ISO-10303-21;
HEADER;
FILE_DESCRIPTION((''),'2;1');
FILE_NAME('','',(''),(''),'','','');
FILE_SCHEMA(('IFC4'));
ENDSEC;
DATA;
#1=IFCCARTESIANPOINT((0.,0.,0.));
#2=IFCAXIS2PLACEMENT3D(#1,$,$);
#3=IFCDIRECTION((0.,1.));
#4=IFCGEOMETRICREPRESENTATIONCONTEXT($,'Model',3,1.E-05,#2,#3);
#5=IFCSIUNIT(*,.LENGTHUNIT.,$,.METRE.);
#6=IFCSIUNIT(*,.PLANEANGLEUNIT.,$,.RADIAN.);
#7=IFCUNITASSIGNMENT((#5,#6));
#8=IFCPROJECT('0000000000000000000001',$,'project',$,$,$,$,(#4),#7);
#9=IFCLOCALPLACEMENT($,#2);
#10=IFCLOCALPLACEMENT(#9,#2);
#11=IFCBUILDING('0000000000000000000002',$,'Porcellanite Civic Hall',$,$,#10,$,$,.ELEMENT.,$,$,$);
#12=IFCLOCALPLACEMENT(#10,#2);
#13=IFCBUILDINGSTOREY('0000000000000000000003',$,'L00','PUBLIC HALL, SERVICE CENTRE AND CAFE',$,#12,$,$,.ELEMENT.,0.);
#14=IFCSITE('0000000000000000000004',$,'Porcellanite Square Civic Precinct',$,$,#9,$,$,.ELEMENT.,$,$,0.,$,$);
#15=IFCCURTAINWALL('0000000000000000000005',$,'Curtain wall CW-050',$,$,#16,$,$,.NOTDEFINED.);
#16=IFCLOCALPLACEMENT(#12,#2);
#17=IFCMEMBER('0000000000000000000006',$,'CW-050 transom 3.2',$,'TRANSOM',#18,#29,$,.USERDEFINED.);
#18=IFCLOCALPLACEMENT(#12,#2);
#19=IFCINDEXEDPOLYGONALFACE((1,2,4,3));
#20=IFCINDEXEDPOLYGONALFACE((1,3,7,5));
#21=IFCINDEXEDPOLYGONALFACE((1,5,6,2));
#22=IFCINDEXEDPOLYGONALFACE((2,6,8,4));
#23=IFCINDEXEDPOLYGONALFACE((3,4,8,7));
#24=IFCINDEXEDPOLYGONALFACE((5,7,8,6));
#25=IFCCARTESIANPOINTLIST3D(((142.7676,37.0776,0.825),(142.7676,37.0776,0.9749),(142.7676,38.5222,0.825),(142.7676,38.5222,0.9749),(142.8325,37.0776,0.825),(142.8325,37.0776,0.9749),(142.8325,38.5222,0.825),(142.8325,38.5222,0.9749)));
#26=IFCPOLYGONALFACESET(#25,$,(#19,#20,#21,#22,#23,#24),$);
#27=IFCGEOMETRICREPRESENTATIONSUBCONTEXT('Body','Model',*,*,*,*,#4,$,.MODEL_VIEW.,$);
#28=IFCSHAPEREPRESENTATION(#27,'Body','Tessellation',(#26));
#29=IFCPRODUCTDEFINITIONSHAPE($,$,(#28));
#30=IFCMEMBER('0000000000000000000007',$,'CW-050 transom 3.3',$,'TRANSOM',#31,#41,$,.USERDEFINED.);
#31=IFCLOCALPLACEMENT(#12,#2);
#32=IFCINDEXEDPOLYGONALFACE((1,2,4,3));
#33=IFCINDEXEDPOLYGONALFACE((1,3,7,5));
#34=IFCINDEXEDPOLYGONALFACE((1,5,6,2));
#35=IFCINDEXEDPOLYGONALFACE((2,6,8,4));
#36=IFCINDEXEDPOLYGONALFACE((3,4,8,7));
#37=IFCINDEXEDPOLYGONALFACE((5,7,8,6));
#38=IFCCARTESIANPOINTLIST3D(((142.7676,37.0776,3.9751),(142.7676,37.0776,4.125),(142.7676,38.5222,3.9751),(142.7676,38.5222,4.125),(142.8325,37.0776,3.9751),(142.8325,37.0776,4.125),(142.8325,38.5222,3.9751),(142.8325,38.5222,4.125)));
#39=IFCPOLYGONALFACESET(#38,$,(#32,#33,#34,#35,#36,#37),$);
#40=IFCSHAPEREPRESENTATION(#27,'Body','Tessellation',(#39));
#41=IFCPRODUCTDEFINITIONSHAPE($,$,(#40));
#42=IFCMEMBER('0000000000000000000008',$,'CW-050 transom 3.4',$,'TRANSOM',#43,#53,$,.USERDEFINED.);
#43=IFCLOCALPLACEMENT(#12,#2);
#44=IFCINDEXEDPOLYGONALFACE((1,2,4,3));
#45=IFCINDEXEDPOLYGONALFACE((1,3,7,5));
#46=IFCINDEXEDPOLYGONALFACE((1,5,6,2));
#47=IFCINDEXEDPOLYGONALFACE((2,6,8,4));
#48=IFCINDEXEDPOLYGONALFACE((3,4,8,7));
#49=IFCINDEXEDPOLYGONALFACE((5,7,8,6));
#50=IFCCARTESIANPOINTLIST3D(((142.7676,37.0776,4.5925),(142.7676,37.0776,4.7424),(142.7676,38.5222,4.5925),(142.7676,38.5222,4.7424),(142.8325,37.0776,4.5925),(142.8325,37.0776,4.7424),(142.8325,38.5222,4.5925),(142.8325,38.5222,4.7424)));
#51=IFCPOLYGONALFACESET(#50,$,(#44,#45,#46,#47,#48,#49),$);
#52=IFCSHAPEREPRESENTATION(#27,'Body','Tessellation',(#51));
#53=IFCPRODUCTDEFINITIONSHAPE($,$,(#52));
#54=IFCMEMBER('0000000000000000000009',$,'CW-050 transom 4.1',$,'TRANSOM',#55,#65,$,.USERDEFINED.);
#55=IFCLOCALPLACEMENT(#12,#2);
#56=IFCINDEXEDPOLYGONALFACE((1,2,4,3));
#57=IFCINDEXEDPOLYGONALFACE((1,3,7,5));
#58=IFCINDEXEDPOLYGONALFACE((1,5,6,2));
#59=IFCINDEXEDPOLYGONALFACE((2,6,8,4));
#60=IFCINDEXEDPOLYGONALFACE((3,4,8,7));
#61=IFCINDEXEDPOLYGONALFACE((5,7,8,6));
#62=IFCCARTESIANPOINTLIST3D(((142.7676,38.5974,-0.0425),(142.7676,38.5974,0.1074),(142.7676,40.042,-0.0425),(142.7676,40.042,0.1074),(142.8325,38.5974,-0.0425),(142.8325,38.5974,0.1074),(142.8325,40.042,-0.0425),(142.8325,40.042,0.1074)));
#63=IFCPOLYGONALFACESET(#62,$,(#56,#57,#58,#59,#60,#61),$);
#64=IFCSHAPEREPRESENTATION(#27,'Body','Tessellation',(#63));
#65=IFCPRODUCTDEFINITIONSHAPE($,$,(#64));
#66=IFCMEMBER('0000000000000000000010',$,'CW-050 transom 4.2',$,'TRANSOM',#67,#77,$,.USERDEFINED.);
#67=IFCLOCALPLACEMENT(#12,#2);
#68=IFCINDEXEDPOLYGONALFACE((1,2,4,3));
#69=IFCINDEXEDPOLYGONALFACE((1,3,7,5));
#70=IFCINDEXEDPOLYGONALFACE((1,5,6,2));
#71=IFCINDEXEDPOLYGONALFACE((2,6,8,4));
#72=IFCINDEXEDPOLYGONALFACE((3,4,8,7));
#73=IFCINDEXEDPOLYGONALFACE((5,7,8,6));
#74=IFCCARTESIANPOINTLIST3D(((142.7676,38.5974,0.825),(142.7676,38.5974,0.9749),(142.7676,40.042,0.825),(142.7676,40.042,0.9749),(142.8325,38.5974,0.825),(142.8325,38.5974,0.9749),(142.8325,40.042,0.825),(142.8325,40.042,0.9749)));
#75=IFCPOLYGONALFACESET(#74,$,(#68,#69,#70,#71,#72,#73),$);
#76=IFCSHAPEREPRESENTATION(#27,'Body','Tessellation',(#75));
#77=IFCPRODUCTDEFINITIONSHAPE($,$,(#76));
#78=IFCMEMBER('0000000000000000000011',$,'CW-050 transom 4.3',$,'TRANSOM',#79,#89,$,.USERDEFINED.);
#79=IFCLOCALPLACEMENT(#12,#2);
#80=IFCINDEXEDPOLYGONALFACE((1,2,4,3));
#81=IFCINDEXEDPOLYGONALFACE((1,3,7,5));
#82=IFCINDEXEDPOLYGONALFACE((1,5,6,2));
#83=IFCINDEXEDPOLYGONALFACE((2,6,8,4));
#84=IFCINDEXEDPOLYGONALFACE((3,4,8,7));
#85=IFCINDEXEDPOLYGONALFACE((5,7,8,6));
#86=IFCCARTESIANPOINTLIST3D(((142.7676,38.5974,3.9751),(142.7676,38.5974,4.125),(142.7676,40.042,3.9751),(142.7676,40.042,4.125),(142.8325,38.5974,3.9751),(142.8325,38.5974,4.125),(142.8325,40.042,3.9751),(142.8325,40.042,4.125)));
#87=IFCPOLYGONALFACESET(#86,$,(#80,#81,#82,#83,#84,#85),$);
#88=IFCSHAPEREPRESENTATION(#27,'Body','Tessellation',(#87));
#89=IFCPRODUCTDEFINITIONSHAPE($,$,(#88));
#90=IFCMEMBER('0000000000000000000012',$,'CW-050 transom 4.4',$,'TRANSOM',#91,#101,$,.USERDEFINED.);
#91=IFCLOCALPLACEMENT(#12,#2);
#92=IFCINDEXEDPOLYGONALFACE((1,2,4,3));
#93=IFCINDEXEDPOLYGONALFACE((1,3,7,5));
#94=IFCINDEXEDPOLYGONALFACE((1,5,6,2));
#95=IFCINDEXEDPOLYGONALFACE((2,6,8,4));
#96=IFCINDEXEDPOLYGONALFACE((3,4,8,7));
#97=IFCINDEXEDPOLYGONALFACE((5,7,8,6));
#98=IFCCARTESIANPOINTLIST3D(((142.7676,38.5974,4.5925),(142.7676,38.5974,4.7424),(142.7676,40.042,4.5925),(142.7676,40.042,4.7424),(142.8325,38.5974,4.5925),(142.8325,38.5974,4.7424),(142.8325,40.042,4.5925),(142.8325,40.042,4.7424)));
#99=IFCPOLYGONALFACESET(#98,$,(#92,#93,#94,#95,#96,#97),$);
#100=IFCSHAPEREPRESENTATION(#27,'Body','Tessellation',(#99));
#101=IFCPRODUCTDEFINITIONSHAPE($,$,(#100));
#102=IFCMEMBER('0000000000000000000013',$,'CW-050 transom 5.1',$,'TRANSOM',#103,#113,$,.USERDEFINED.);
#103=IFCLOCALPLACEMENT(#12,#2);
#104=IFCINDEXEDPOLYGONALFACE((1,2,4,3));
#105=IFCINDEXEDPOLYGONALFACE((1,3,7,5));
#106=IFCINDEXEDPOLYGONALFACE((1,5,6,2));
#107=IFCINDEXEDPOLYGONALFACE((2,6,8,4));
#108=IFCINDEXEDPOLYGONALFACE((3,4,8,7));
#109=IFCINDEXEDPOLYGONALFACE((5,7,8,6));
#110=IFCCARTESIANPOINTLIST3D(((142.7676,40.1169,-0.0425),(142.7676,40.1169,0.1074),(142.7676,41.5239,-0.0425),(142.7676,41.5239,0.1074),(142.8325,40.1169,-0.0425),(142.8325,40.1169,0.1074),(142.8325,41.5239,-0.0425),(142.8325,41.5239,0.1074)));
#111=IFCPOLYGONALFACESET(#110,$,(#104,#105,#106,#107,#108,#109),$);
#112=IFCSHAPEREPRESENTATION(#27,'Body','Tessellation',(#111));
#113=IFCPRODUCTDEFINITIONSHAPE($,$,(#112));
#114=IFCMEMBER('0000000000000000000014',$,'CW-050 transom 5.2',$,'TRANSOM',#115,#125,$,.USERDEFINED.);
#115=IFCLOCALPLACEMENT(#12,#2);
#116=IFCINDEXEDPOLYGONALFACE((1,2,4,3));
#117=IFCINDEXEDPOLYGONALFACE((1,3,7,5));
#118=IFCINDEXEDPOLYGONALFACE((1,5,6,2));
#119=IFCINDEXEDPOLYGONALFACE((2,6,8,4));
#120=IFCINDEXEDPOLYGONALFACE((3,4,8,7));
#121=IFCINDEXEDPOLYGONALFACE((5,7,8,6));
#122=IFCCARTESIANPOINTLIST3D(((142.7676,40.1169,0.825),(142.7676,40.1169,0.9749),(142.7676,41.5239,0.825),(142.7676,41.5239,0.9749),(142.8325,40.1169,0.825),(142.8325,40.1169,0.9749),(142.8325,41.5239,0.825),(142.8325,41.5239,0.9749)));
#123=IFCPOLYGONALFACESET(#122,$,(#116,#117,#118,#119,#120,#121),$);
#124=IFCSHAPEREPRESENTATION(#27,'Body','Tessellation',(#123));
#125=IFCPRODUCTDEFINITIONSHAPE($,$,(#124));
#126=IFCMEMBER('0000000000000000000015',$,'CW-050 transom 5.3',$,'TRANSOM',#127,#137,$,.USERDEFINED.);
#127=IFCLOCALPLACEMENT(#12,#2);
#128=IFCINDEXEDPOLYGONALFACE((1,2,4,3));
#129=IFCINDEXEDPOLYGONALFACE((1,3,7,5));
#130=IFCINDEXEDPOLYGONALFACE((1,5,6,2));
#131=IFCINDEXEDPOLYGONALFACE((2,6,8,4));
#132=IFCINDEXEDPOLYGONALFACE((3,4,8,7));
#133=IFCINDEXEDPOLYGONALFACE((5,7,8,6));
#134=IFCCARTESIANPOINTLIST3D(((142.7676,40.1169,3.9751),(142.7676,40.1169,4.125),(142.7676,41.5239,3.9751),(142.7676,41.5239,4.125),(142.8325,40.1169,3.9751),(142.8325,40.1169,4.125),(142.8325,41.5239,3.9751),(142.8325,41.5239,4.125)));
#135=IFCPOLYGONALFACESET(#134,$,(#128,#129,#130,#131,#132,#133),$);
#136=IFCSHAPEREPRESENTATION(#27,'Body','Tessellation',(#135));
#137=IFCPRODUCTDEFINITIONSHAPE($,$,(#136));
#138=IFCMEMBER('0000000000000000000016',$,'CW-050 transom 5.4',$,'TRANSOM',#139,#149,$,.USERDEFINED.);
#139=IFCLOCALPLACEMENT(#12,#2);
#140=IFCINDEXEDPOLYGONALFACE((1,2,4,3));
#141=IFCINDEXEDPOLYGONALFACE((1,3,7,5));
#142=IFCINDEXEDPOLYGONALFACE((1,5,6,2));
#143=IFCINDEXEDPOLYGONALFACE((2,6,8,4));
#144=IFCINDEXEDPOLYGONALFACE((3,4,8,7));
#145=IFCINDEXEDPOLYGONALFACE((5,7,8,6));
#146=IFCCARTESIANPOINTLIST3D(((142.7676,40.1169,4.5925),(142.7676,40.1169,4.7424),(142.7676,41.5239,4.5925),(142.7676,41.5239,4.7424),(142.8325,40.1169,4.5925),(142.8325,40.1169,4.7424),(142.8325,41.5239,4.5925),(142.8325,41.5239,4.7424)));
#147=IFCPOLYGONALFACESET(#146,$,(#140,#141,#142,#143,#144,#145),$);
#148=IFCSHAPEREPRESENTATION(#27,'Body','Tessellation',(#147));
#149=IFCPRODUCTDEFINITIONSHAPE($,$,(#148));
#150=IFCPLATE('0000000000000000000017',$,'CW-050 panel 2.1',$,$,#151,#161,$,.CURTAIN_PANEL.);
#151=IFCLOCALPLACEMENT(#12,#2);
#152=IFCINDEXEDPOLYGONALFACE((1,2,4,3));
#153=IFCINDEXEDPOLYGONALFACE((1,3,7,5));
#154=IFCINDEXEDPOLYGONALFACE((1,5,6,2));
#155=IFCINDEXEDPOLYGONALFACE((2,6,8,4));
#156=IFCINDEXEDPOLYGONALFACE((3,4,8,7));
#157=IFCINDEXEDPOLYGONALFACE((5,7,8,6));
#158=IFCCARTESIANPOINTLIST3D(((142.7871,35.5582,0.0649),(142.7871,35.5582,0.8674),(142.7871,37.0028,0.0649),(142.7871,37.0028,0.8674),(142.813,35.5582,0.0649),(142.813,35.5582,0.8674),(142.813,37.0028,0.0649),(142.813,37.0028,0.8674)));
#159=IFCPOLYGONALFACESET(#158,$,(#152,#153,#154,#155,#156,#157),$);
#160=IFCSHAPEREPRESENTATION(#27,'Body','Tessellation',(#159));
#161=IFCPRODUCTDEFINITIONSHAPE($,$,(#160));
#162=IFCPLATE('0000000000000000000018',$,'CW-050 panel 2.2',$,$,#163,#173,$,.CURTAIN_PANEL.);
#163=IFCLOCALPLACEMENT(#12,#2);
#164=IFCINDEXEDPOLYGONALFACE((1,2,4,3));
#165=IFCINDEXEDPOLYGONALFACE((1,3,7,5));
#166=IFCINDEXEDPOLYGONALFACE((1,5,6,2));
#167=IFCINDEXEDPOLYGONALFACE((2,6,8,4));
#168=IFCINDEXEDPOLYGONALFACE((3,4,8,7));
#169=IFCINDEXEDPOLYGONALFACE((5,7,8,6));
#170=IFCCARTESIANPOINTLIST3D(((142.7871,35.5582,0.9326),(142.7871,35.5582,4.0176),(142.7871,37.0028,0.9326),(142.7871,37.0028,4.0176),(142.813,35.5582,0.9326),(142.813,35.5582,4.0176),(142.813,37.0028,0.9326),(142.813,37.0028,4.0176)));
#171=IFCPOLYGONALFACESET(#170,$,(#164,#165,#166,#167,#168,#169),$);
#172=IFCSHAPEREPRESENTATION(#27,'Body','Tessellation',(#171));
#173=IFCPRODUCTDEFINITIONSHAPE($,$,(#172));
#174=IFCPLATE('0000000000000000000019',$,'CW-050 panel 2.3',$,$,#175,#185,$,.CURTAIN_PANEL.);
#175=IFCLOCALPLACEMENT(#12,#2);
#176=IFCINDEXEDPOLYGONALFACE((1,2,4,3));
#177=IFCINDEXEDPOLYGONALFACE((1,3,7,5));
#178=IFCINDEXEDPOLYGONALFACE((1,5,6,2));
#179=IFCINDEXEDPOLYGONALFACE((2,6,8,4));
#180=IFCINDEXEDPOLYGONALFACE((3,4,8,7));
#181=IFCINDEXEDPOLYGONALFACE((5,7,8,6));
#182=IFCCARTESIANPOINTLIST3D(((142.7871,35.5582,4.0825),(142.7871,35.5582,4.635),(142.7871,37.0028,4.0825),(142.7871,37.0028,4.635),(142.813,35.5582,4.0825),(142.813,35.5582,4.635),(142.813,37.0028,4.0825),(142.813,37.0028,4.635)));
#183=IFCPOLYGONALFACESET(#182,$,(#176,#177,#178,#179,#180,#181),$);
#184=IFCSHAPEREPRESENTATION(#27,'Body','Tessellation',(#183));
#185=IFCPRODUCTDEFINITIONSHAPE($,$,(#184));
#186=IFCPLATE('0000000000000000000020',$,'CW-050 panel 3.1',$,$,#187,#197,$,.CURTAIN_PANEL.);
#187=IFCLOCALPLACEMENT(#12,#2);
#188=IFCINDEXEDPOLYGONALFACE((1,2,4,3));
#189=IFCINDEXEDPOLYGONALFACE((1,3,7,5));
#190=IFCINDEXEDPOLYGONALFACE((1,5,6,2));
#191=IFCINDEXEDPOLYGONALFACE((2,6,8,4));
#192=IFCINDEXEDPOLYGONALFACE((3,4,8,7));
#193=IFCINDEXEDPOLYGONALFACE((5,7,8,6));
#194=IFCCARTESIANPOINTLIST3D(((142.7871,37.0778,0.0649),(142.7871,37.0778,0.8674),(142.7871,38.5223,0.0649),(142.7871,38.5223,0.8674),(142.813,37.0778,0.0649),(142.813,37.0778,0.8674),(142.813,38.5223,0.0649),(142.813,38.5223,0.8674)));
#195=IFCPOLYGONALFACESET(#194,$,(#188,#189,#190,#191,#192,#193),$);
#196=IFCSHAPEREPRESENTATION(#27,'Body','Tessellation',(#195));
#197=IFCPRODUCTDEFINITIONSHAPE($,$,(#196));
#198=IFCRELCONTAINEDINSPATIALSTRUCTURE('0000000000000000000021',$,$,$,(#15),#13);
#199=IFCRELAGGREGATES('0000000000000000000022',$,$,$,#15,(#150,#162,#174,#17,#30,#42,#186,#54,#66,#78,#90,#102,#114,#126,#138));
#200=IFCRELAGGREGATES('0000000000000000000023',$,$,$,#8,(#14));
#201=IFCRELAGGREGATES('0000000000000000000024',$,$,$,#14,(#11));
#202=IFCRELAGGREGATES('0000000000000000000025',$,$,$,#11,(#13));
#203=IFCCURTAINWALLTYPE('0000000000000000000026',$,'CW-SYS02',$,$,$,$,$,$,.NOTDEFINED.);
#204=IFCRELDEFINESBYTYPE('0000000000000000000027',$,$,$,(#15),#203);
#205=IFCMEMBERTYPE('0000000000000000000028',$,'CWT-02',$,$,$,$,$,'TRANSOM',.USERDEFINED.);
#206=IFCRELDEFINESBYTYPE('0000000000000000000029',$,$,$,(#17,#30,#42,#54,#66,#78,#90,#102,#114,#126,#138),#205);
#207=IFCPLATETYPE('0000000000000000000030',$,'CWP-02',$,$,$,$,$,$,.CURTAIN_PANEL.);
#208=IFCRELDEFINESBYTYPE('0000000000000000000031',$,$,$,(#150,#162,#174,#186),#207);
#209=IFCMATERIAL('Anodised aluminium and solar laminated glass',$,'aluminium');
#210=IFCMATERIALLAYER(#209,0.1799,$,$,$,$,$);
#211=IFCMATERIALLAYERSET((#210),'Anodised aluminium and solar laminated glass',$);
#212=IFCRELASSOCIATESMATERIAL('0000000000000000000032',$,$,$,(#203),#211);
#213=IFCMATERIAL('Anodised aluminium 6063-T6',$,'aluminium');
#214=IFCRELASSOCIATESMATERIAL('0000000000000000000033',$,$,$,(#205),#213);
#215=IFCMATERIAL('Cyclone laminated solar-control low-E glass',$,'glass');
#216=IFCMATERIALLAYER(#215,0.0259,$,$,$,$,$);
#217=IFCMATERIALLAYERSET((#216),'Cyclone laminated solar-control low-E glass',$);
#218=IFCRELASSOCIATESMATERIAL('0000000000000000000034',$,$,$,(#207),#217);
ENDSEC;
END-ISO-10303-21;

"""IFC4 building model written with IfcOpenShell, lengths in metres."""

from ifc_helpers import new_model, si_unit, direction, frame, origin, origin_2d, place, context, subcontext, project, spatial, rectangle, extrude, material, layer, layer_set, material_profile, profile_set, type_object, element, aggregate, save


model = new_model("IFC4")

# Units and contexts
model_context = context("Model", 3, precision=1e-05, world=origin(), true_north=direction((0.0, 1.0)))
body_context = subcontext(model_context, "Body", "Model", "MODEL_VIEW")
ifc_project = project(units=[si_unit("LENGTHUNIT", "METRE"), si_unit("PLANEANGLEUNIT", "RADIAN")], contexts=[model_context])

# Site, building, storey
site_placement = place(None, origin())
site = spatial("IfcSite", under=ifc_project, at=site_placement, Name="Porcellanite Square Civic Precinct", CompositionType="ELEMENT", RefElevation=0.0)
building_placement = place(site_placement, origin())
building = spatial("IfcBuilding", under=site, at=building_placement, Name="Porcellanite Civic Hall", CompositionType="ELEMENT")
storey_placement = place(building_placement, origin())
storey = spatial("IfcBuildingStorey", under=building, at=storey_placement, Name="L00", Description="PUBLIC HALL, SERVICE CENTRE AND CAFE", CompositionType="ELEMENT", Elevation=0.0)

# Curtain wall, members, plates
ifc_material_1 = material(Name="Anodised aluminium and solar laminated glass", Category="aluminium")
ifc_layer_1 = layer(ifc_material_1, 0.1799)
ifc_layer_set_1 = layer_set([ifc_layer_1], Name="Anodised aluminium and solar laminated glass")
curtain_wall_type = type_object("IfcCurtainWallType", Name="CW-SYS02", PredefinedType="NOTDEFINED", material=ifc_layer_set_1)
curtain_wall_placement = place(storey_placement, origin())
curtain_wall = element("IfcCurtainWall", 1, at=curtain_wall_placement, inside=storey, type_object=curtain_wall_type, Name="Curtain wall CW-050", PredefinedType="NOTDEFINED")
ifc_material_2 = material(Name="Anodised aluminium 6063-T6", Category="aluminium")
ifc_material_profile_1 = material_profile(ifc_material_2, rectangle(XDim=0.0649, YDim=0.1499, at=origin_2d()), Name="AL-65x150")
ifc_profile_set_1 = profile_set([ifc_material_profile_1], Name="Anodised aluminium 6063-T6")
member_type_1 = type_object("IfcMemberType", Name="CWT-02", ElementType="TRANSOM", PredefinedType="USERDEFINED", material=ifc_profile_set_1)
member_1_placement = place(storey_placement, frame((142.8, 37.0776, 0.8999), z_axis=(0.0, 1.0, 0.0), x_axis=(-1.0, 0.0, 0.0)))
member_1 = element("IfcMember", 2, at=member_1_placement, type_object=member_type_1, Name="CW-050 transom 3.2", ObjectType="TRANSOM", PredefinedType="USERDEFINED", context=body_context, shape_type="SweptSolid", body=[
    extrude(rectangle(XDim=0.0649, YDim=0.1499, at=origin_2d()), origin(), (0.0, 0.0, 1.0), 1.4446),
])
member_2_placement = place(storey_placement, frame((142.8, 37.0776, 4.05), z_axis=(0.0, 1.0, 0.0), x_axis=(-1.0, 0.0, 0.0)))
member_2 = element("IfcMember", 3, at=member_2_placement, type_object=member_type_1, Name="CW-050 transom 3.3", ObjectType="TRANSOM", PredefinedType="USERDEFINED", context=body_context, shape_type="SweptSolid", body=[
    extrude(rectangle(XDim=0.0649, YDim=0.1499, at=origin_2d()), origin(), (0.0, 0.0, 1.0), 1.4446),
])
member_3_placement = place(storey_placement, frame((142.8, 37.0776, 4.6675), z_axis=(0.0, 1.0, 0.0), x_axis=(-1.0, 0.0, 0.0)))
member_3 = element("IfcMember", 4, at=member_3_placement, type_object=member_type_1, Name="CW-050 transom 3.4", ObjectType="TRANSOM", PredefinedType="USERDEFINED", context=body_context, shape_type="SweptSolid", body=[
    extrude(rectangle(XDim=0.0649, YDim=0.1499, at=origin_2d()), origin(), (0.0, 0.0, 1.0), 1.4446),
])
member_4_placement = place(storey_placement, frame((142.8, 38.5974, 0.0325), z_axis=(0.0, 1.0, 0.0), x_axis=(-1.0, 0.0, 0.0)))
member_4 = element("IfcMember", 5, at=member_4_placement, type_object=member_type_1, Name="CW-050 transom 4.1", ObjectType="TRANSOM", PredefinedType="USERDEFINED", context=body_context, shape_type="SweptSolid", body=[
    extrude(rectangle(XDim=0.0649, YDim=0.1499, at=origin_2d()), origin(), (0.0, 0.0, 1.0), 1.4446),
])
member_5_placement = place(storey_placement, frame((142.8, 38.5974, 0.8999), z_axis=(0.0, 1.0, 0.0), x_axis=(-1.0, 0.0, 0.0)))
member_5 = element("IfcMember", 6, at=member_5_placement, type_object=member_type_1, Name="CW-050 transom 4.2", ObjectType="TRANSOM", PredefinedType="USERDEFINED", context=body_context, shape_type="SweptSolid", body=[
    extrude(rectangle(XDim=0.0649, YDim=0.1499, at=origin_2d()), origin(), (0.0, 0.0, 1.0), 1.4446),
])
member_6_placement = place(storey_placement, frame((142.8, 38.5974, 4.05), z_axis=(0.0, 1.0, 0.0), x_axis=(-1.0, 0.0, 0.0)))
member_6 = element("IfcMember", 7, at=member_6_placement, type_object=member_type_1, Name="CW-050 transom 4.3", ObjectType="TRANSOM", PredefinedType="USERDEFINED", context=body_context, shape_type="SweptSolid", body=[
    extrude(rectangle(XDim=0.0649, YDim=0.1499, at=origin_2d()), origin(), (0.0, 0.0, 1.0), 1.4446),
])
member_7_placement = place(storey_placement, frame((142.8, 38.5974, 4.6675), z_axis=(0.0, 1.0, 0.0), x_axis=(-1.0, 0.0, 0.0)))
member_7 = element("IfcMember", 8, at=member_7_placement, type_object=member_type_1, Name="CW-050 transom 4.4", ObjectType="TRANSOM", PredefinedType="USERDEFINED", context=body_context, shape_type="SweptSolid", body=[
    extrude(rectangle(XDim=0.0649, YDim=0.1499, at=origin_2d()), origin(), (0.0, 0.0, 1.0), 1.4446),
])
member_8_placement = place(storey_placement, frame((142.8, 40.1169, 0.0325), z_axis=(0.0, 1.0, 0.0), x_axis=(-1.0, 0.0, 0.0)))
member_8 = element("IfcMember", 9, at=member_8_placement, type_object=member_type_1, Name="CW-050 transom 5.1", ObjectType="TRANSOM", PredefinedType="USERDEFINED", context=body_context, shape_type="SweptSolid", body=[
    extrude(rectangle(XDim=0.0649, YDim=0.1499, at=origin_2d()), origin(), (0.0, 0.0, 1.0), 1.407),
])
member_9_placement = place(storey_placement, frame((142.8, 40.1169, 0.8999), z_axis=(0.0, 1.0, 0.0), x_axis=(-1.0, 0.0, 0.0)))
member_9 = element("IfcMember", 10, at=member_9_placement, type_object=member_type_1, Name="CW-050 transom 5.2", ObjectType="TRANSOM", PredefinedType="USERDEFINED", context=body_context, shape_type="SweptSolid", body=[
    extrude(rectangle(XDim=0.0649, YDim=0.1499, at=origin_2d()), origin(), (0.0, 0.0, 1.0), 1.407),
])
member_10_placement = place(storey_placement, frame((142.8, 40.1169, 4.05), z_axis=(0.0, 1.0, 0.0), x_axis=(-1.0, 0.0, 0.0)))
member_10 = element("IfcMember", 11, at=member_10_placement, type_object=member_type_1, Name="CW-050 transom 5.3", ObjectType="TRANSOM", PredefinedType="USERDEFINED", context=body_context, shape_type="SweptSolid", body=[
    extrude(rectangle(XDim=0.0649, YDim=0.1499, at=origin_2d()), origin(), (0.0, 0.0, 1.0), 1.407),
])
member_11_placement = place(storey_placement, frame((142.8, 40.1169, 4.6675), z_axis=(0.0, 1.0, 0.0), x_axis=(-1.0, 0.0, 0.0)))
member_11 = element("IfcMember", 12, at=member_11_placement, type_object=member_type_1, Name="CW-050 transom 5.4", ObjectType="TRANSOM", PredefinedType="USERDEFINED", context=body_context, shape_type="SweptSolid", body=[
    extrude(rectangle(XDim=0.0649, YDim=0.1499, at=origin_2d()), origin(), (0.0, 0.0, 1.0), 1.407),
])
ifc_material_3 = material(Name="Cyclone laminated solar-control low-E glass", Category="glass")
ifc_layer_2 = layer(ifc_material_3, 0.0259)
ifc_layer_set_2 = layer_set([ifc_layer_2], Name="Cyclone laminated solar-control low-E glass")
plate_type = type_object("IfcPlateType", Name="CWP-02", PredefinedType="CURTAIN_PANEL", material=ifc_layer_set_2)
plate_1_placement = place(storey_placement, frame((142.8, 36.2805, 0.0649), z_axis=(0.0, 0.0, 1.0), x_axis=(0.0, 1.0, 0.0)))
plate_1 = element("IfcPlate", 13, at=plate_1_placement, type_object=plate_type, Name="CW-050 panel 2.1", PredefinedType="CURTAIN_PANEL", context=body_context, shape_type="SweptSolid", body=[
    extrude(rectangle(XDim=1.4446, YDim=0.0259, at=origin_2d()), origin(), (0.0, 0.0, 1.0), 0.8025),
])
plate_2_placement = place(storey_placement, frame((142.8, 36.2805, 0.9326), z_axis=(0.0, 0.0, 1.0), x_axis=(0.0, 1.0, 0.0)))
plate_2 = element("IfcPlate", 14, at=plate_2_placement, type_object=plate_type, Name="CW-050 panel 2.2", PredefinedType="CURTAIN_PANEL", context=body_context, shape_type="SweptSolid", body=[
    extrude(rectangle(XDim=1.4446, YDim=0.0259, at=origin_2d()), origin(), (0.0, 0.0, 1.0), 3.085),
])
plate_3_placement = place(storey_placement, frame((142.8, 36.2805, 4.0825), z_axis=(0.0, 0.0, 1.0), x_axis=(0.0, 1.0, 0.0)))
plate_3 = element("IfcPlate", 15, at=plate_3_placement, type_object=plate_type, Name="CW-050 panel 2.3", PredefinedType="CURTAIN_PANEL", context=body_context, shape_type="SweptSolid", body=[
    extrude(rectangle(XDim=1.4446, YDim=0.0259, at=origin_2d()), origin(), (0.0, 0.0, 1.0), 0.5525),
])
plate_4_placement = place(storey_placement, frame((142.8, 37.8, 0.0649), z_axis=(0.0, 0.0, 1.0), x_axis=(0.0, 1.0, 0.0)))
plate_4 = element("IfcPlate", 16, at=plate_4_placement, type_object=plate_type, Name="CW-050 panel 3.1", PredefinedType="CURTAIN_PANEL", context=body_context, shape_type="SweptSolid", body=[
    extrude(rectangle(XDim=1.4446, YDim=0.0259, at=origin_2d()), origin(), (0.0, 0.0, 1.0), 0.8025),
])
aggregate(curtain_wall, [plate_1, plate_2, plate_3, member_1, member_2, member_3, plate_4, member_4, member_5, member_6, member_7, member_8, member_9, member_10, member_11])

save(model, "model.ifc")
